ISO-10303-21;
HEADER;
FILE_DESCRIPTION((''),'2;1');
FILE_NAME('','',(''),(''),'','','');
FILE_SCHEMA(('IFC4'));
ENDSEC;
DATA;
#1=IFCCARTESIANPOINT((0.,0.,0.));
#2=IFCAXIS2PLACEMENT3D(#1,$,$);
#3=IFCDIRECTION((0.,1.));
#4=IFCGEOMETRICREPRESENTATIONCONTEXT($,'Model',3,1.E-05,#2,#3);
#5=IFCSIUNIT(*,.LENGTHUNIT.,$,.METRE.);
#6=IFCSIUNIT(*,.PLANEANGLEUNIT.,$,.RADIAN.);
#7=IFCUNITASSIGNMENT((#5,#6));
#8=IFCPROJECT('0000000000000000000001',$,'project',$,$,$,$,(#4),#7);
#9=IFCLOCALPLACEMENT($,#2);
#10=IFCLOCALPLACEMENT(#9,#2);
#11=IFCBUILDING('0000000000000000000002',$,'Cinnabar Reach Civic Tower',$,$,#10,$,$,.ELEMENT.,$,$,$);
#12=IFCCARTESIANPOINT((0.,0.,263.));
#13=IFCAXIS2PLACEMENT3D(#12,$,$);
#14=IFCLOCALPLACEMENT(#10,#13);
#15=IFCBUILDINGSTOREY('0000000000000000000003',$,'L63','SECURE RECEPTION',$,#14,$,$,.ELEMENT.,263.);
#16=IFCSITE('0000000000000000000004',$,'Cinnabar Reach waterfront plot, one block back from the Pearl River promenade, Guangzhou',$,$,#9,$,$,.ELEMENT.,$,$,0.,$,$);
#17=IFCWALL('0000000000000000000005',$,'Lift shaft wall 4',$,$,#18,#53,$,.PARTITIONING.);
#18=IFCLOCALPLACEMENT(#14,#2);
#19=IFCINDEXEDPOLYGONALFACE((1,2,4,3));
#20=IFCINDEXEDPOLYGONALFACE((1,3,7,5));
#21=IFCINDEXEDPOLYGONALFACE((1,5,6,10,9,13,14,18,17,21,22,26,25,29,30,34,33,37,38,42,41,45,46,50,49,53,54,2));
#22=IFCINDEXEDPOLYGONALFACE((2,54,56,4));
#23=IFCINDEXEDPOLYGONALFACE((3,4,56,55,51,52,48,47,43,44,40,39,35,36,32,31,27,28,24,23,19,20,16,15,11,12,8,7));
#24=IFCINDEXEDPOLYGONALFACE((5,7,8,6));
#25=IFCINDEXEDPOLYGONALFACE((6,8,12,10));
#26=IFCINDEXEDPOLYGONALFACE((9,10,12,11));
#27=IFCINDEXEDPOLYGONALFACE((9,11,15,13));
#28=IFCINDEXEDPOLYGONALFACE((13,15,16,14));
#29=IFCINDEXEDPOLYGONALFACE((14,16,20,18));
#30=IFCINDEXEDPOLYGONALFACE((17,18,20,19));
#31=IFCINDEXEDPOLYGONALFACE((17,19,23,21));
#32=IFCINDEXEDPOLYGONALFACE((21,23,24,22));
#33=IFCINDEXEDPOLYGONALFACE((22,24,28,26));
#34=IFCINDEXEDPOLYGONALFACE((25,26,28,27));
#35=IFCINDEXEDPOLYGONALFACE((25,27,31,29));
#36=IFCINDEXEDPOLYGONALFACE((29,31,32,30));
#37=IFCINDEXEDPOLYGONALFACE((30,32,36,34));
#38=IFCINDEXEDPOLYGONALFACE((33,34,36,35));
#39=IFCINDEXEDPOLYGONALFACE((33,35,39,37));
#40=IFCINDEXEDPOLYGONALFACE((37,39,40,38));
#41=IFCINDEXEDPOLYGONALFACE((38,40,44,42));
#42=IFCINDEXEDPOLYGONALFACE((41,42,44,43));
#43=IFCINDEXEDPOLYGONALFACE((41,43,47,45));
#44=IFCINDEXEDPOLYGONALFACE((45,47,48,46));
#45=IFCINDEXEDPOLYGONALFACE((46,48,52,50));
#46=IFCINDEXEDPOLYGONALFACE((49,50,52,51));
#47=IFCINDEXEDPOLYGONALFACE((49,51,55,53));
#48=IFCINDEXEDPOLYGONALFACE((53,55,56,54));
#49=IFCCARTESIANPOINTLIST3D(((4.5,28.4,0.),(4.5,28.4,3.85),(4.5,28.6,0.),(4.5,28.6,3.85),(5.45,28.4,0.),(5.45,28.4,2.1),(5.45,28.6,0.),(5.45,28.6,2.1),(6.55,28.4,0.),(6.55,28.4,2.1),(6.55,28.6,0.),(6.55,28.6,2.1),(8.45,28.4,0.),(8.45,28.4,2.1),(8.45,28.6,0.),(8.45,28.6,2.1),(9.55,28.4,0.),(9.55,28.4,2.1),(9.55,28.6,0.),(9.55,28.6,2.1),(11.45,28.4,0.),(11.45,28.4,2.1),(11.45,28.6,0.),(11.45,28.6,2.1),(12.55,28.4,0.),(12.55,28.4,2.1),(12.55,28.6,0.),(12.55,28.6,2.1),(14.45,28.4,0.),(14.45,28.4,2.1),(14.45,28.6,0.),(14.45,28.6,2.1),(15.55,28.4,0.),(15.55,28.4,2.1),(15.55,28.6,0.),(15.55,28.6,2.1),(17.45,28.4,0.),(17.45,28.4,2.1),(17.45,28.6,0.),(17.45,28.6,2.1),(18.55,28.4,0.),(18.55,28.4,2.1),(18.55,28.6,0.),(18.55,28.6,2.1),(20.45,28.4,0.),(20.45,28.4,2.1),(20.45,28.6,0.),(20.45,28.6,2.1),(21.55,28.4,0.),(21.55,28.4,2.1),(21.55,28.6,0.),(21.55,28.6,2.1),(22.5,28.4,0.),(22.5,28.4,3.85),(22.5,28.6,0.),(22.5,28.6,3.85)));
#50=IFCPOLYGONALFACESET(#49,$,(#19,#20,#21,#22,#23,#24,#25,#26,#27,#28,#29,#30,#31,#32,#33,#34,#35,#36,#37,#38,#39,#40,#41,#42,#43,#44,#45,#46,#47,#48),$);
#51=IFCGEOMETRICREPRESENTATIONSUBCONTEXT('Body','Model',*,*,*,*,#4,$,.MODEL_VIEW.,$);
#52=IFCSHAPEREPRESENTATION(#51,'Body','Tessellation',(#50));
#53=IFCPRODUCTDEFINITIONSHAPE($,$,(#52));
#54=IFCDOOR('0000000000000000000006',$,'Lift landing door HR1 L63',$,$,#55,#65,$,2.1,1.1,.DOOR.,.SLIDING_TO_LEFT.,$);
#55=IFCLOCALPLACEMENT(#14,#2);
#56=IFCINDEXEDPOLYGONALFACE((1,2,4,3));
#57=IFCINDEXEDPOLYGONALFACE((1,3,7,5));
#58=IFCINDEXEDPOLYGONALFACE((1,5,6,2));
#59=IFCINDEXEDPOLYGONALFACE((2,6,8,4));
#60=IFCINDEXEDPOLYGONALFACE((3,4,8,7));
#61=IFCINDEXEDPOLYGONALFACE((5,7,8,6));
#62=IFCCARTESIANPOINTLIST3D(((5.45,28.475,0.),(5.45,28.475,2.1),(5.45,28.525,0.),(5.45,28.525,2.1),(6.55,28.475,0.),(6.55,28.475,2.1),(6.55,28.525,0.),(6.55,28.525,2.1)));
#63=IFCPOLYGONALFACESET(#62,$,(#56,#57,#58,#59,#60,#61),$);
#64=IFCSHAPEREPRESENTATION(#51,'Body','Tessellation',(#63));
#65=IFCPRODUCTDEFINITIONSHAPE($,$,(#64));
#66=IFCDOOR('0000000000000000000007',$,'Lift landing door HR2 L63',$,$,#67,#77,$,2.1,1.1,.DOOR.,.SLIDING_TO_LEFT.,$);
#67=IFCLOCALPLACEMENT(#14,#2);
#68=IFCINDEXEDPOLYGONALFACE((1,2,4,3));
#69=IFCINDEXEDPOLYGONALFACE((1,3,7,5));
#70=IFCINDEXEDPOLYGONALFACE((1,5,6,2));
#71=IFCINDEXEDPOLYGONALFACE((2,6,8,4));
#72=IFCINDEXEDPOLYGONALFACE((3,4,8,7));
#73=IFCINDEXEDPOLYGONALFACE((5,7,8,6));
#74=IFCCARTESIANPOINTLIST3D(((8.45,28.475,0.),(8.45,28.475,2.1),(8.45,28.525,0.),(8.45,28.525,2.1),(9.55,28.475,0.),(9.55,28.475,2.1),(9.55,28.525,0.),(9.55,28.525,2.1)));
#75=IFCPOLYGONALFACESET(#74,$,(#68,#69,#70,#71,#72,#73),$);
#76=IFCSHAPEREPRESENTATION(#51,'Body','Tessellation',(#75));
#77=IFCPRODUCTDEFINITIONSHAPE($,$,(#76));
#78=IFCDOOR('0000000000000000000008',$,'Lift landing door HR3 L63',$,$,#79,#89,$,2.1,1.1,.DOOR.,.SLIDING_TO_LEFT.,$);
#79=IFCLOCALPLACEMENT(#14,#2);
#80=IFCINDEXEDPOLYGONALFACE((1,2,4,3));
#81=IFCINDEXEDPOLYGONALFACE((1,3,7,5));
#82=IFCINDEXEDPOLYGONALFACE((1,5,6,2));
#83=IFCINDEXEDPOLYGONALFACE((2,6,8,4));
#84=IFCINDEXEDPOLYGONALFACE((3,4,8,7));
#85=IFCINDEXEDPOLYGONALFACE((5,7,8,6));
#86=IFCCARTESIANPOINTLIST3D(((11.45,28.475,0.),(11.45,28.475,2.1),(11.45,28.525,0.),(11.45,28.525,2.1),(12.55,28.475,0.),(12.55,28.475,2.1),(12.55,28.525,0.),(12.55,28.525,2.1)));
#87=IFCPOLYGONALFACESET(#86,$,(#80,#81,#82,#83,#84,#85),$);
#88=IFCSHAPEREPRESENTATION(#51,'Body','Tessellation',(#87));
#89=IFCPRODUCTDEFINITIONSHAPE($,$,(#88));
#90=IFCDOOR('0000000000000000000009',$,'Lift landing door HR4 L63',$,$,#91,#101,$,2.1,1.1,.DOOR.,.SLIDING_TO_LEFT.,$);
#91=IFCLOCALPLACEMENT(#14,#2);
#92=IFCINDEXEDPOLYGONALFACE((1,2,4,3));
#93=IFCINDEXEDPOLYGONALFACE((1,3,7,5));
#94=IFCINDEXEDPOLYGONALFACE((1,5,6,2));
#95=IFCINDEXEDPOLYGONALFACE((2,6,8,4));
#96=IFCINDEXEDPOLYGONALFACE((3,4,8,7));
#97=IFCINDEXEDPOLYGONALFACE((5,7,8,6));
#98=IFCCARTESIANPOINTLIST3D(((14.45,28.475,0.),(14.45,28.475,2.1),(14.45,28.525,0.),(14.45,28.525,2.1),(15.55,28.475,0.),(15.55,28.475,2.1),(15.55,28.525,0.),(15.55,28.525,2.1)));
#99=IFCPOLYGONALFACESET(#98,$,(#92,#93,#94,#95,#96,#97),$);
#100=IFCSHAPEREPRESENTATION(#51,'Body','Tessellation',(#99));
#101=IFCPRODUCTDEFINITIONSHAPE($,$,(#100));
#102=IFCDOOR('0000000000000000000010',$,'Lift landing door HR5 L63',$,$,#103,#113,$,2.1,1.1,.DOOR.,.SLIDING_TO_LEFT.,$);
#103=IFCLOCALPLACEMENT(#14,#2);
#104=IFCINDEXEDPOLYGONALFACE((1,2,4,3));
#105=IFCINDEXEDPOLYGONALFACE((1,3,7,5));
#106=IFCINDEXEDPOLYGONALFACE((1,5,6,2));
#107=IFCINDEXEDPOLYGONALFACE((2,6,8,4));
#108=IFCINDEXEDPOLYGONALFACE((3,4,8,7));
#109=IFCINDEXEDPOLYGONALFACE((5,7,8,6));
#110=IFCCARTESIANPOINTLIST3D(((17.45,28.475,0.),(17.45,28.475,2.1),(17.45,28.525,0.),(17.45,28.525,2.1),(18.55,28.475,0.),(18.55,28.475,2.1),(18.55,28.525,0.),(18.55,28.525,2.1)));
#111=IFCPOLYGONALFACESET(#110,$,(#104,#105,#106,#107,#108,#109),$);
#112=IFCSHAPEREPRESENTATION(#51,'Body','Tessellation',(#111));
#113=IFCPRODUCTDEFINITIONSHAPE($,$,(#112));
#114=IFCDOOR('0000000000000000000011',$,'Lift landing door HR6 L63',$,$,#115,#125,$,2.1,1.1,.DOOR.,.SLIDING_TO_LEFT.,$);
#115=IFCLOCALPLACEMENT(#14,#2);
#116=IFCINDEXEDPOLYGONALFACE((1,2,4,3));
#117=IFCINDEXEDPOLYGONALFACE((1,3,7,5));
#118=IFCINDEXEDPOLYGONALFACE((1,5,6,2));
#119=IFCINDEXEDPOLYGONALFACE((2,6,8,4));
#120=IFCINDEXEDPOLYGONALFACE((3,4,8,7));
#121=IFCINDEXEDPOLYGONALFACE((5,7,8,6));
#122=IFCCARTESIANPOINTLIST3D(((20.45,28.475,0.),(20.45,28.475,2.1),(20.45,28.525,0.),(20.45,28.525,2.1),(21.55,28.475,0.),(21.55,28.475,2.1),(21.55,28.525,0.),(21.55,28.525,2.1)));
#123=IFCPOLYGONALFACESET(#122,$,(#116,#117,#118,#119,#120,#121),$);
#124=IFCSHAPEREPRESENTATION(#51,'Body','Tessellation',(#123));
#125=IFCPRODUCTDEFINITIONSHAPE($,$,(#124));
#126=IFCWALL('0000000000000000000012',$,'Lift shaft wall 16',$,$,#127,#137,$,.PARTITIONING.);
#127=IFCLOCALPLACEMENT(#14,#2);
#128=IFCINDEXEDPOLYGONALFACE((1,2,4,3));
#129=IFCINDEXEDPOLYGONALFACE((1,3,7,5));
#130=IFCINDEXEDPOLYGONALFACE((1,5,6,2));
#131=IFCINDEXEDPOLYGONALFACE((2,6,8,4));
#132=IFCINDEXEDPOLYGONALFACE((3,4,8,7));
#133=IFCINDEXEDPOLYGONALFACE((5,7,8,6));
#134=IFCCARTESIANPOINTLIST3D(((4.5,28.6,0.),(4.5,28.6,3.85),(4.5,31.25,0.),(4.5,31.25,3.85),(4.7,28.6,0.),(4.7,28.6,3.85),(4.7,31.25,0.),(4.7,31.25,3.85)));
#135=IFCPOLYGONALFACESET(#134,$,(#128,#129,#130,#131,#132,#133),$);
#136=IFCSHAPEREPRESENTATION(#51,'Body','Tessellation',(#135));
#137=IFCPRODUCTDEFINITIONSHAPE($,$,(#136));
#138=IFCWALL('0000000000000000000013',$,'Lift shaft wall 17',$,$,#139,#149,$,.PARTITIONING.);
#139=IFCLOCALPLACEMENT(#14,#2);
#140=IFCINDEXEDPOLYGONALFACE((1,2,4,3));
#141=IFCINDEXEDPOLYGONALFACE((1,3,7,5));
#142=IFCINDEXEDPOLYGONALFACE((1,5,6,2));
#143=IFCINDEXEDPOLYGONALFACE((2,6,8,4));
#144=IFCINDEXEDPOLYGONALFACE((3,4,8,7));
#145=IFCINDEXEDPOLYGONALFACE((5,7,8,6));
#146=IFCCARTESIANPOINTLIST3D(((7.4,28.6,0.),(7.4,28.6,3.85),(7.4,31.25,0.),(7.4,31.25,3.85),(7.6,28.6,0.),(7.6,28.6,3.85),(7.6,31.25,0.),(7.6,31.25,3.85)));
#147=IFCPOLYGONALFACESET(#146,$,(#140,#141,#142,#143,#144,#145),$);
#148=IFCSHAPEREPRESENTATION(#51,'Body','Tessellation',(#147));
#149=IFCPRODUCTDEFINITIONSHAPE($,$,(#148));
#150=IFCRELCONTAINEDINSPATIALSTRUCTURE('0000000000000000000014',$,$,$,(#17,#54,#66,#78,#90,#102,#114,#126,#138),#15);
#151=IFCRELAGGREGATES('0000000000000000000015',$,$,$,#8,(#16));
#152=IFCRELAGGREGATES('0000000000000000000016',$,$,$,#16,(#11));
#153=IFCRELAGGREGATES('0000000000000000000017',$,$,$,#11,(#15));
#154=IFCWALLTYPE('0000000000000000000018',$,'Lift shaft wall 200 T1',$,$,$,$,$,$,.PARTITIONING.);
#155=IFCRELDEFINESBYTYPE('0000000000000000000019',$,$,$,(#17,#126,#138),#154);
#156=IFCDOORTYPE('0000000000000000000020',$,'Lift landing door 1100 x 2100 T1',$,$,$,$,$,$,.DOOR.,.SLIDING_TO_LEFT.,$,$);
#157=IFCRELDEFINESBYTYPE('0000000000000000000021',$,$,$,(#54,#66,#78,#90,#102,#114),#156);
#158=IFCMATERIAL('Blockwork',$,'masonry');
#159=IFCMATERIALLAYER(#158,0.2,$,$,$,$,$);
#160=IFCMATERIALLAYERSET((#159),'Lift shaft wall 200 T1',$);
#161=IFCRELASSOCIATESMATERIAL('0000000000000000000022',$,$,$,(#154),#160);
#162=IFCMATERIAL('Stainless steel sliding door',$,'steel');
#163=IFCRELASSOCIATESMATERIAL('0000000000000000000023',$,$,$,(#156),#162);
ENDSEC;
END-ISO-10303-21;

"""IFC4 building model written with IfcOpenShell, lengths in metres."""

from ifc_helpers import new_model, si_unit, direction, frame, frame_2d, origin, place, context, subcontext, project, spatial, rectangle, extrude, material, layer, layer_set, type_object, element, fill, save


model = new_model("IFC4")

# Units and contexts
model_context = context("Model", 3, precision=1e-05, world=origin(), true_north=direction((0.0, 1.0)))
body_context = subcontext(model_context, "Body", "Model", "MODEL_VIEW")
ifc_project = project(units=[si_unit("LENGTHUNIT", "METRE"), si_unit("PLANEANGLEUNIT", "RADIAN")], contexts=[model_context])

# Site, building, storey
site_placement = place(None, origin())
site = spatial("IfcSite", under=ifc_project, at=site_placement, Name="Cinnabar Reach waterfront plot, one block back from the Pearl River promenade, Guangzhou", CompositionType="ELEMENT", RefElevation=0.0)
building_placement = place(site_placement, origin())
building = spatial("IfcBuilding", under=site, at=building_placement, Name="Cinnabar Reach Civic Tower", CompositionType="ELEMENT")
storey_placement = place(building_placement, frame((0.0, 0.0, 263.0)))
storey = spatial("IfcBuildingStorey", under=building, at=storey_placement, Name="L63", Description="SECURE RECEPTION", CompositionType="ELEMENT", Elevation=263.0)

# Wall, openings, doors
ifc_material_1 = material(Name="Blockwork", Category="masonry")
ifc_layer_1 = layer(ifc_material_1, 0.2)
ifc_layer_set_1 = layer_set([ifc_layer_1], Name="Lift shaft wall 200 T1")
wall_type_1 = type_object("IfcWallType", Name="Lift shaft wall 200 T1", PredefinedType="PARTITIONING", material=ifc_layer_set_1)
wall_1_placement = place(storey_placement, frame((4.5, 28.5, 0.0), z_axis=(0.0, 0.0, 1.0), x_axis=(1.0, 0.0, 0.0)))
wall_1 = element("IfcWall", 1, at=wall_1_placement, inside=storey, type_object=wall_type_1, Name="Lift shaft wall 4", PredefinedType="PARTITIONING", context=body_context, shape_type="SweptSolid", body=[
    extrude(rectangle(XDim=18.0, YDim=0.2, at=frame_2d((9.0, 0.0))), origin(), (0.0, 0.0, 1.0), 3.85),
])
opening_1_placement = place(wall_1_placement, frame((0.95, 0.0, 0.0)))
opening_1 = element("IfcOpeningElement", 2, at=opening_1_placement, cuts=wall_1, PredefinedType="OPENING", context=body_context, shape_type="SweptSolid", body=[
    extrude(rectangle(XDim=1.1, YDim=2.1, at=frame_2d((0.55, 1.05))), frame((0.0, 0.11, 0.0), z_axis=(0.0, -1.0, 0.0), x_axis=(1.0, 0.0, 0.0)), (0.0, 0.0, 1.0), 0.22),
])
opening_2_placement = place(wall_1_placement, frame((3.95, 0.0, 0.0)))
opening_2 = element("IfcOpeningElement", 3, at=opening_2_placement, cuts=wall_1, PredefinedType="OPENING", context=body_context, shape_type="SweptSolid", body=[
    extrude(rectangle(XDim=1.1, YDim=2.1, at=frame_2d((0.55, 1.05))), frame((0.0, 0.11, 0.0), z_axis=(0.0, -1.0, 0.0), x_axis=(1.0, 0.0, 0.0)), (0.0, 0.0, 1.0), 0.22),
])
opening_3_placement = place(wall_1_placement, frame((6.95, 0.0, 0.0)))
opening_3 = element("IfcOpeningElement", 4, at=opening_3_placement, cuts=wall_1, PredefinedType="OPENING", context=body_context, shape_type="SweptSolid", body=[
    extrude(rectangle(XDim=1.1, YDim=2.1, at=frame_2d((0.55, 1.05))), frame((0.0, 0.11, 0.0), z_axis=(0.0, -1.0, 0.0), x_axis=(1.0, 0.0, 0.0)), (0.0, 0.0, 1.0), 0.22),
])
opening_4_placement = place(wall_1_placement, frame((9.95, 0.0, 0.0)))
opening_4 = element("IfcOpeningElement", 5, at=opening_4_placement, cuts=wall_1, PredefinedType="OPENING", context=body_context, shape_type="SweptSolid", body=[
    extrude(rectangle(XDim=1.1, YDim=2.1, at=frame_2d((0.55, 1.05))), frame((0.0, 0.11, 0.0), z_axis=(0.0, -1.0, 0.0), x_axis=(1.0, 0.0, 0.0)), (0.0, 0.0, 1.0), 0.22),
])
opening_5_placement = place(wall_1_placement, frame((12.95, 0.0, 0.0)))
opening_5 = element("IfcOpeningElement", 6, at=opening_5_placement, cuts=wall_1, PredefinedType="OPENING", context=body_context, shape_type="SweptSolid", body=[
    extrude(rectangle(XDim=1.1, YDim=2.1, at=frame_2d((0.55, 1.05))), frame((0.0, 0.11, 0.0), z_axis=(0.0, -1.0, 0.0), x_axis=(1.0, 0.0, 0.0)), (0.0, 0.0, 1.0), 0.22),
])
opening_6_placement = place(wall_1_placement, frame((15.95, 0.0, 0.0)))
opening_6 = element("IfcOpeningElement", 7, at=opening_6_placement, cuts=wall_1, PredefinedType="OPENING", context=body_context, shape_type="SweptSolid", body=[
    extrude(rectangle(XDim=1.1, YDim=2.1, at=frame_2d((0.55, 1.05))), frame((0.0, 0.11, 0.0), z_axis=(0.0, -1.0, 0.0), x_axis=(1.0, 0.0, 0.0)), (0.0, 0.0, 1.0), 0.22),
])
ifc_material_2 = material(Name="Stainless steel sliding door", Category="steel")
door_type_1 = type_object("IfcDoorType", Name="Lift landing door 1100 x 2100 T1", OperationType="SLIDING_TO_LEFT", PredefinedType="DOOR", material=ifc_material_2)
door_1_placement = place(opening_1_placement, origin())
door_1 = element("IfcDoor", 8, at=door_1_placement, inside=storey, type_object=door_type_1, Name="Lift landing door HR1 L63", OperationType="SLIDING_TO_LEFT", OverallHeight=2.1, OverallWidth=1.1, PredefinedType="DOOR", context=body_context, shape_type="SweptSolid", body=[
    extrude(rectangle(XDim=1.1, YDim=2.1, at=frame_2d((0.55, 1.05))), frame((0.0, 0.025, 0.0), z_axis=(0.0, -1.0, 0.0), x_axis=(1.0, 0.0, 0.0)), (0.0, 0.0, 1.0), 0.05),
])
fill(opening_1, door_1)
door_2_placement = place(opening_2_placement, origin())
door_2 = element("IfcDoor", 9, at=door_2_placement, inside=storey, type_object=door_type_1, Name="Lift landing door HR2 L63", OperationType="SLIDING_TO_LEFT", OverallHeight=2.1, OverallWidth=1.1, PredefinedType="DOOR", context=body_context, shape_type="SweptSolid", body=[
    extrude(rectangle(XDim=1.1, YDim=2.1, at=frame_2d((0.55, 1.05))), frame((0.0, 0.025, 0.0), z_axis=(0.0, -1.0, 0.0), x_axis=(1.0, 0.0, 0.0)), (0.0, 0.0, 1.0), 0.05),
])
fill(opening_2, door_2)
door_3_placement = place(opening_3_placement, origin())
door_3 = element("IfcDoor", 10, at=door_3_placement, inside=storey, type_object=door_type_1, Name="Lift landing door HR3 L63", OperationType="SLIDING_TO_LEFT", OverallHeight=2.1, OverallWidth=1.1, PredefinedType="DOOR", context=body_context, shape_type="SweptSolid", body=[
    extrude(rectangle(XDim=1.1, YDim=2.1, at=frame_2d((0.55, 1.05))), frame((0.0, 0.025, 0.0), z_axis=(0.0, -1.0, 0.0), x_axis=(1.0, 0.0, 0.0)), (0.0, 0.0, 1.0), 0.05),
])
fill(opening_3, door_3)
door_4_placement = place(opening_4_placement, origin())
door_4 = element("IfcDoor", 11, at=door_4_placement, inside=storey, type_object=door_type_1, Name="Lift landing door HR4 L63", OperationType="SLIDING_TO_LEFT", OverallHeight=2.1, OverallWidth=1.1, PredefinedType="DOOR", context=body_context, shape_type="SweptSolid", body=[
    extrude(rectangle(XDim=1.1, YDim=2.1, at=frame_2d((0.55, 1.05))), frame((0.0, 0.025, 0.0), z_axis=(0.0, -1.0, 0.0), x_axis=(1.0, 0.0, 0.0)), (0.0, 0.0, 1.0), 0.05),
])
fill(opening_4, door_4)
door_5_placement = place(opening_5_placement, origin())
door_5 = element("IfcDoor", 12, at=door_5_placement, inside=storey, type_object=door_type_1, Name="Lift landing door HR5 L63", OperationType="SLIDING_TO_LEFT", OverallHeight=2.1, OverallWidth=1.1, PredefinedType="DOOR", context=body_context, shape_type="SweptSolid", body=[
    extrude(rectangle(XDim=1.1, YDim=2.1, at=frame_2d((0.55, 1.05))), frame((0.0, 0.025, 0.0), z_axis=(0.0, -1.0, 0.0), x_axis=(1.0, 0.0, 0.0)), (0.0, 0.0, 1.0), 0.05),
])
fill(opening_5, door_5)
door_6_placement = place(opening_6_placement, origin())
door_6 = element("IfcDoor", 13, at=door_6_placement, inside=storey, type_object=door_type_1, Name="Lift landing door HR6 L63", OperationType="SLIDING_TO_LEFT", OverallHeight=2.1, OverallWidth=1.1, PredefinedType="DOOR", context=body_context, shape_type="SweptSolid", body=[
    extrude(rectangle(XDim=1.1, YDim=2.1, at=frame_2d((0.55, 1.05))), frame((0.0, 0.025, 0.0), z_axis=(0.0, -1.0, 0.0), x_axis=(1.0, 0.0, 0.0)), (0.0, 0.0, 1.0), 0.05),
])
fill(opening_6, door_6)

# Walls
for number, where, z_axis, x_axis, name in (
    (14, (4.6, 28.6, 0.0), (0.0, 0.0, 1.0), (0.0, 1.0, 0.0), "Lift shaft wall 16"),
    (15, (7.5, 28.6, 0.0), (0.0, 0.0, 1.0), (0.0, 1.0, 0.0), "Lift shaft wall 17"),
):
    element("IfcWall", number, at=place(storey_placement, frame(where, z_axis=z_axis, x_axis=x_axis)), inside=storey, type_object=wall_type_1, Name=name, PredefinedType="PARTITIONING", context=body_context, shape_type="SweptSolid", body=[
        extrude(rectangle(XDim=2.65, YDim=0.2, at=frame_2d((1.325, 0.0))), origin(), (0.0, 0.0, 1.0), 3.85),
    ])

save(model, "model.ifc")
